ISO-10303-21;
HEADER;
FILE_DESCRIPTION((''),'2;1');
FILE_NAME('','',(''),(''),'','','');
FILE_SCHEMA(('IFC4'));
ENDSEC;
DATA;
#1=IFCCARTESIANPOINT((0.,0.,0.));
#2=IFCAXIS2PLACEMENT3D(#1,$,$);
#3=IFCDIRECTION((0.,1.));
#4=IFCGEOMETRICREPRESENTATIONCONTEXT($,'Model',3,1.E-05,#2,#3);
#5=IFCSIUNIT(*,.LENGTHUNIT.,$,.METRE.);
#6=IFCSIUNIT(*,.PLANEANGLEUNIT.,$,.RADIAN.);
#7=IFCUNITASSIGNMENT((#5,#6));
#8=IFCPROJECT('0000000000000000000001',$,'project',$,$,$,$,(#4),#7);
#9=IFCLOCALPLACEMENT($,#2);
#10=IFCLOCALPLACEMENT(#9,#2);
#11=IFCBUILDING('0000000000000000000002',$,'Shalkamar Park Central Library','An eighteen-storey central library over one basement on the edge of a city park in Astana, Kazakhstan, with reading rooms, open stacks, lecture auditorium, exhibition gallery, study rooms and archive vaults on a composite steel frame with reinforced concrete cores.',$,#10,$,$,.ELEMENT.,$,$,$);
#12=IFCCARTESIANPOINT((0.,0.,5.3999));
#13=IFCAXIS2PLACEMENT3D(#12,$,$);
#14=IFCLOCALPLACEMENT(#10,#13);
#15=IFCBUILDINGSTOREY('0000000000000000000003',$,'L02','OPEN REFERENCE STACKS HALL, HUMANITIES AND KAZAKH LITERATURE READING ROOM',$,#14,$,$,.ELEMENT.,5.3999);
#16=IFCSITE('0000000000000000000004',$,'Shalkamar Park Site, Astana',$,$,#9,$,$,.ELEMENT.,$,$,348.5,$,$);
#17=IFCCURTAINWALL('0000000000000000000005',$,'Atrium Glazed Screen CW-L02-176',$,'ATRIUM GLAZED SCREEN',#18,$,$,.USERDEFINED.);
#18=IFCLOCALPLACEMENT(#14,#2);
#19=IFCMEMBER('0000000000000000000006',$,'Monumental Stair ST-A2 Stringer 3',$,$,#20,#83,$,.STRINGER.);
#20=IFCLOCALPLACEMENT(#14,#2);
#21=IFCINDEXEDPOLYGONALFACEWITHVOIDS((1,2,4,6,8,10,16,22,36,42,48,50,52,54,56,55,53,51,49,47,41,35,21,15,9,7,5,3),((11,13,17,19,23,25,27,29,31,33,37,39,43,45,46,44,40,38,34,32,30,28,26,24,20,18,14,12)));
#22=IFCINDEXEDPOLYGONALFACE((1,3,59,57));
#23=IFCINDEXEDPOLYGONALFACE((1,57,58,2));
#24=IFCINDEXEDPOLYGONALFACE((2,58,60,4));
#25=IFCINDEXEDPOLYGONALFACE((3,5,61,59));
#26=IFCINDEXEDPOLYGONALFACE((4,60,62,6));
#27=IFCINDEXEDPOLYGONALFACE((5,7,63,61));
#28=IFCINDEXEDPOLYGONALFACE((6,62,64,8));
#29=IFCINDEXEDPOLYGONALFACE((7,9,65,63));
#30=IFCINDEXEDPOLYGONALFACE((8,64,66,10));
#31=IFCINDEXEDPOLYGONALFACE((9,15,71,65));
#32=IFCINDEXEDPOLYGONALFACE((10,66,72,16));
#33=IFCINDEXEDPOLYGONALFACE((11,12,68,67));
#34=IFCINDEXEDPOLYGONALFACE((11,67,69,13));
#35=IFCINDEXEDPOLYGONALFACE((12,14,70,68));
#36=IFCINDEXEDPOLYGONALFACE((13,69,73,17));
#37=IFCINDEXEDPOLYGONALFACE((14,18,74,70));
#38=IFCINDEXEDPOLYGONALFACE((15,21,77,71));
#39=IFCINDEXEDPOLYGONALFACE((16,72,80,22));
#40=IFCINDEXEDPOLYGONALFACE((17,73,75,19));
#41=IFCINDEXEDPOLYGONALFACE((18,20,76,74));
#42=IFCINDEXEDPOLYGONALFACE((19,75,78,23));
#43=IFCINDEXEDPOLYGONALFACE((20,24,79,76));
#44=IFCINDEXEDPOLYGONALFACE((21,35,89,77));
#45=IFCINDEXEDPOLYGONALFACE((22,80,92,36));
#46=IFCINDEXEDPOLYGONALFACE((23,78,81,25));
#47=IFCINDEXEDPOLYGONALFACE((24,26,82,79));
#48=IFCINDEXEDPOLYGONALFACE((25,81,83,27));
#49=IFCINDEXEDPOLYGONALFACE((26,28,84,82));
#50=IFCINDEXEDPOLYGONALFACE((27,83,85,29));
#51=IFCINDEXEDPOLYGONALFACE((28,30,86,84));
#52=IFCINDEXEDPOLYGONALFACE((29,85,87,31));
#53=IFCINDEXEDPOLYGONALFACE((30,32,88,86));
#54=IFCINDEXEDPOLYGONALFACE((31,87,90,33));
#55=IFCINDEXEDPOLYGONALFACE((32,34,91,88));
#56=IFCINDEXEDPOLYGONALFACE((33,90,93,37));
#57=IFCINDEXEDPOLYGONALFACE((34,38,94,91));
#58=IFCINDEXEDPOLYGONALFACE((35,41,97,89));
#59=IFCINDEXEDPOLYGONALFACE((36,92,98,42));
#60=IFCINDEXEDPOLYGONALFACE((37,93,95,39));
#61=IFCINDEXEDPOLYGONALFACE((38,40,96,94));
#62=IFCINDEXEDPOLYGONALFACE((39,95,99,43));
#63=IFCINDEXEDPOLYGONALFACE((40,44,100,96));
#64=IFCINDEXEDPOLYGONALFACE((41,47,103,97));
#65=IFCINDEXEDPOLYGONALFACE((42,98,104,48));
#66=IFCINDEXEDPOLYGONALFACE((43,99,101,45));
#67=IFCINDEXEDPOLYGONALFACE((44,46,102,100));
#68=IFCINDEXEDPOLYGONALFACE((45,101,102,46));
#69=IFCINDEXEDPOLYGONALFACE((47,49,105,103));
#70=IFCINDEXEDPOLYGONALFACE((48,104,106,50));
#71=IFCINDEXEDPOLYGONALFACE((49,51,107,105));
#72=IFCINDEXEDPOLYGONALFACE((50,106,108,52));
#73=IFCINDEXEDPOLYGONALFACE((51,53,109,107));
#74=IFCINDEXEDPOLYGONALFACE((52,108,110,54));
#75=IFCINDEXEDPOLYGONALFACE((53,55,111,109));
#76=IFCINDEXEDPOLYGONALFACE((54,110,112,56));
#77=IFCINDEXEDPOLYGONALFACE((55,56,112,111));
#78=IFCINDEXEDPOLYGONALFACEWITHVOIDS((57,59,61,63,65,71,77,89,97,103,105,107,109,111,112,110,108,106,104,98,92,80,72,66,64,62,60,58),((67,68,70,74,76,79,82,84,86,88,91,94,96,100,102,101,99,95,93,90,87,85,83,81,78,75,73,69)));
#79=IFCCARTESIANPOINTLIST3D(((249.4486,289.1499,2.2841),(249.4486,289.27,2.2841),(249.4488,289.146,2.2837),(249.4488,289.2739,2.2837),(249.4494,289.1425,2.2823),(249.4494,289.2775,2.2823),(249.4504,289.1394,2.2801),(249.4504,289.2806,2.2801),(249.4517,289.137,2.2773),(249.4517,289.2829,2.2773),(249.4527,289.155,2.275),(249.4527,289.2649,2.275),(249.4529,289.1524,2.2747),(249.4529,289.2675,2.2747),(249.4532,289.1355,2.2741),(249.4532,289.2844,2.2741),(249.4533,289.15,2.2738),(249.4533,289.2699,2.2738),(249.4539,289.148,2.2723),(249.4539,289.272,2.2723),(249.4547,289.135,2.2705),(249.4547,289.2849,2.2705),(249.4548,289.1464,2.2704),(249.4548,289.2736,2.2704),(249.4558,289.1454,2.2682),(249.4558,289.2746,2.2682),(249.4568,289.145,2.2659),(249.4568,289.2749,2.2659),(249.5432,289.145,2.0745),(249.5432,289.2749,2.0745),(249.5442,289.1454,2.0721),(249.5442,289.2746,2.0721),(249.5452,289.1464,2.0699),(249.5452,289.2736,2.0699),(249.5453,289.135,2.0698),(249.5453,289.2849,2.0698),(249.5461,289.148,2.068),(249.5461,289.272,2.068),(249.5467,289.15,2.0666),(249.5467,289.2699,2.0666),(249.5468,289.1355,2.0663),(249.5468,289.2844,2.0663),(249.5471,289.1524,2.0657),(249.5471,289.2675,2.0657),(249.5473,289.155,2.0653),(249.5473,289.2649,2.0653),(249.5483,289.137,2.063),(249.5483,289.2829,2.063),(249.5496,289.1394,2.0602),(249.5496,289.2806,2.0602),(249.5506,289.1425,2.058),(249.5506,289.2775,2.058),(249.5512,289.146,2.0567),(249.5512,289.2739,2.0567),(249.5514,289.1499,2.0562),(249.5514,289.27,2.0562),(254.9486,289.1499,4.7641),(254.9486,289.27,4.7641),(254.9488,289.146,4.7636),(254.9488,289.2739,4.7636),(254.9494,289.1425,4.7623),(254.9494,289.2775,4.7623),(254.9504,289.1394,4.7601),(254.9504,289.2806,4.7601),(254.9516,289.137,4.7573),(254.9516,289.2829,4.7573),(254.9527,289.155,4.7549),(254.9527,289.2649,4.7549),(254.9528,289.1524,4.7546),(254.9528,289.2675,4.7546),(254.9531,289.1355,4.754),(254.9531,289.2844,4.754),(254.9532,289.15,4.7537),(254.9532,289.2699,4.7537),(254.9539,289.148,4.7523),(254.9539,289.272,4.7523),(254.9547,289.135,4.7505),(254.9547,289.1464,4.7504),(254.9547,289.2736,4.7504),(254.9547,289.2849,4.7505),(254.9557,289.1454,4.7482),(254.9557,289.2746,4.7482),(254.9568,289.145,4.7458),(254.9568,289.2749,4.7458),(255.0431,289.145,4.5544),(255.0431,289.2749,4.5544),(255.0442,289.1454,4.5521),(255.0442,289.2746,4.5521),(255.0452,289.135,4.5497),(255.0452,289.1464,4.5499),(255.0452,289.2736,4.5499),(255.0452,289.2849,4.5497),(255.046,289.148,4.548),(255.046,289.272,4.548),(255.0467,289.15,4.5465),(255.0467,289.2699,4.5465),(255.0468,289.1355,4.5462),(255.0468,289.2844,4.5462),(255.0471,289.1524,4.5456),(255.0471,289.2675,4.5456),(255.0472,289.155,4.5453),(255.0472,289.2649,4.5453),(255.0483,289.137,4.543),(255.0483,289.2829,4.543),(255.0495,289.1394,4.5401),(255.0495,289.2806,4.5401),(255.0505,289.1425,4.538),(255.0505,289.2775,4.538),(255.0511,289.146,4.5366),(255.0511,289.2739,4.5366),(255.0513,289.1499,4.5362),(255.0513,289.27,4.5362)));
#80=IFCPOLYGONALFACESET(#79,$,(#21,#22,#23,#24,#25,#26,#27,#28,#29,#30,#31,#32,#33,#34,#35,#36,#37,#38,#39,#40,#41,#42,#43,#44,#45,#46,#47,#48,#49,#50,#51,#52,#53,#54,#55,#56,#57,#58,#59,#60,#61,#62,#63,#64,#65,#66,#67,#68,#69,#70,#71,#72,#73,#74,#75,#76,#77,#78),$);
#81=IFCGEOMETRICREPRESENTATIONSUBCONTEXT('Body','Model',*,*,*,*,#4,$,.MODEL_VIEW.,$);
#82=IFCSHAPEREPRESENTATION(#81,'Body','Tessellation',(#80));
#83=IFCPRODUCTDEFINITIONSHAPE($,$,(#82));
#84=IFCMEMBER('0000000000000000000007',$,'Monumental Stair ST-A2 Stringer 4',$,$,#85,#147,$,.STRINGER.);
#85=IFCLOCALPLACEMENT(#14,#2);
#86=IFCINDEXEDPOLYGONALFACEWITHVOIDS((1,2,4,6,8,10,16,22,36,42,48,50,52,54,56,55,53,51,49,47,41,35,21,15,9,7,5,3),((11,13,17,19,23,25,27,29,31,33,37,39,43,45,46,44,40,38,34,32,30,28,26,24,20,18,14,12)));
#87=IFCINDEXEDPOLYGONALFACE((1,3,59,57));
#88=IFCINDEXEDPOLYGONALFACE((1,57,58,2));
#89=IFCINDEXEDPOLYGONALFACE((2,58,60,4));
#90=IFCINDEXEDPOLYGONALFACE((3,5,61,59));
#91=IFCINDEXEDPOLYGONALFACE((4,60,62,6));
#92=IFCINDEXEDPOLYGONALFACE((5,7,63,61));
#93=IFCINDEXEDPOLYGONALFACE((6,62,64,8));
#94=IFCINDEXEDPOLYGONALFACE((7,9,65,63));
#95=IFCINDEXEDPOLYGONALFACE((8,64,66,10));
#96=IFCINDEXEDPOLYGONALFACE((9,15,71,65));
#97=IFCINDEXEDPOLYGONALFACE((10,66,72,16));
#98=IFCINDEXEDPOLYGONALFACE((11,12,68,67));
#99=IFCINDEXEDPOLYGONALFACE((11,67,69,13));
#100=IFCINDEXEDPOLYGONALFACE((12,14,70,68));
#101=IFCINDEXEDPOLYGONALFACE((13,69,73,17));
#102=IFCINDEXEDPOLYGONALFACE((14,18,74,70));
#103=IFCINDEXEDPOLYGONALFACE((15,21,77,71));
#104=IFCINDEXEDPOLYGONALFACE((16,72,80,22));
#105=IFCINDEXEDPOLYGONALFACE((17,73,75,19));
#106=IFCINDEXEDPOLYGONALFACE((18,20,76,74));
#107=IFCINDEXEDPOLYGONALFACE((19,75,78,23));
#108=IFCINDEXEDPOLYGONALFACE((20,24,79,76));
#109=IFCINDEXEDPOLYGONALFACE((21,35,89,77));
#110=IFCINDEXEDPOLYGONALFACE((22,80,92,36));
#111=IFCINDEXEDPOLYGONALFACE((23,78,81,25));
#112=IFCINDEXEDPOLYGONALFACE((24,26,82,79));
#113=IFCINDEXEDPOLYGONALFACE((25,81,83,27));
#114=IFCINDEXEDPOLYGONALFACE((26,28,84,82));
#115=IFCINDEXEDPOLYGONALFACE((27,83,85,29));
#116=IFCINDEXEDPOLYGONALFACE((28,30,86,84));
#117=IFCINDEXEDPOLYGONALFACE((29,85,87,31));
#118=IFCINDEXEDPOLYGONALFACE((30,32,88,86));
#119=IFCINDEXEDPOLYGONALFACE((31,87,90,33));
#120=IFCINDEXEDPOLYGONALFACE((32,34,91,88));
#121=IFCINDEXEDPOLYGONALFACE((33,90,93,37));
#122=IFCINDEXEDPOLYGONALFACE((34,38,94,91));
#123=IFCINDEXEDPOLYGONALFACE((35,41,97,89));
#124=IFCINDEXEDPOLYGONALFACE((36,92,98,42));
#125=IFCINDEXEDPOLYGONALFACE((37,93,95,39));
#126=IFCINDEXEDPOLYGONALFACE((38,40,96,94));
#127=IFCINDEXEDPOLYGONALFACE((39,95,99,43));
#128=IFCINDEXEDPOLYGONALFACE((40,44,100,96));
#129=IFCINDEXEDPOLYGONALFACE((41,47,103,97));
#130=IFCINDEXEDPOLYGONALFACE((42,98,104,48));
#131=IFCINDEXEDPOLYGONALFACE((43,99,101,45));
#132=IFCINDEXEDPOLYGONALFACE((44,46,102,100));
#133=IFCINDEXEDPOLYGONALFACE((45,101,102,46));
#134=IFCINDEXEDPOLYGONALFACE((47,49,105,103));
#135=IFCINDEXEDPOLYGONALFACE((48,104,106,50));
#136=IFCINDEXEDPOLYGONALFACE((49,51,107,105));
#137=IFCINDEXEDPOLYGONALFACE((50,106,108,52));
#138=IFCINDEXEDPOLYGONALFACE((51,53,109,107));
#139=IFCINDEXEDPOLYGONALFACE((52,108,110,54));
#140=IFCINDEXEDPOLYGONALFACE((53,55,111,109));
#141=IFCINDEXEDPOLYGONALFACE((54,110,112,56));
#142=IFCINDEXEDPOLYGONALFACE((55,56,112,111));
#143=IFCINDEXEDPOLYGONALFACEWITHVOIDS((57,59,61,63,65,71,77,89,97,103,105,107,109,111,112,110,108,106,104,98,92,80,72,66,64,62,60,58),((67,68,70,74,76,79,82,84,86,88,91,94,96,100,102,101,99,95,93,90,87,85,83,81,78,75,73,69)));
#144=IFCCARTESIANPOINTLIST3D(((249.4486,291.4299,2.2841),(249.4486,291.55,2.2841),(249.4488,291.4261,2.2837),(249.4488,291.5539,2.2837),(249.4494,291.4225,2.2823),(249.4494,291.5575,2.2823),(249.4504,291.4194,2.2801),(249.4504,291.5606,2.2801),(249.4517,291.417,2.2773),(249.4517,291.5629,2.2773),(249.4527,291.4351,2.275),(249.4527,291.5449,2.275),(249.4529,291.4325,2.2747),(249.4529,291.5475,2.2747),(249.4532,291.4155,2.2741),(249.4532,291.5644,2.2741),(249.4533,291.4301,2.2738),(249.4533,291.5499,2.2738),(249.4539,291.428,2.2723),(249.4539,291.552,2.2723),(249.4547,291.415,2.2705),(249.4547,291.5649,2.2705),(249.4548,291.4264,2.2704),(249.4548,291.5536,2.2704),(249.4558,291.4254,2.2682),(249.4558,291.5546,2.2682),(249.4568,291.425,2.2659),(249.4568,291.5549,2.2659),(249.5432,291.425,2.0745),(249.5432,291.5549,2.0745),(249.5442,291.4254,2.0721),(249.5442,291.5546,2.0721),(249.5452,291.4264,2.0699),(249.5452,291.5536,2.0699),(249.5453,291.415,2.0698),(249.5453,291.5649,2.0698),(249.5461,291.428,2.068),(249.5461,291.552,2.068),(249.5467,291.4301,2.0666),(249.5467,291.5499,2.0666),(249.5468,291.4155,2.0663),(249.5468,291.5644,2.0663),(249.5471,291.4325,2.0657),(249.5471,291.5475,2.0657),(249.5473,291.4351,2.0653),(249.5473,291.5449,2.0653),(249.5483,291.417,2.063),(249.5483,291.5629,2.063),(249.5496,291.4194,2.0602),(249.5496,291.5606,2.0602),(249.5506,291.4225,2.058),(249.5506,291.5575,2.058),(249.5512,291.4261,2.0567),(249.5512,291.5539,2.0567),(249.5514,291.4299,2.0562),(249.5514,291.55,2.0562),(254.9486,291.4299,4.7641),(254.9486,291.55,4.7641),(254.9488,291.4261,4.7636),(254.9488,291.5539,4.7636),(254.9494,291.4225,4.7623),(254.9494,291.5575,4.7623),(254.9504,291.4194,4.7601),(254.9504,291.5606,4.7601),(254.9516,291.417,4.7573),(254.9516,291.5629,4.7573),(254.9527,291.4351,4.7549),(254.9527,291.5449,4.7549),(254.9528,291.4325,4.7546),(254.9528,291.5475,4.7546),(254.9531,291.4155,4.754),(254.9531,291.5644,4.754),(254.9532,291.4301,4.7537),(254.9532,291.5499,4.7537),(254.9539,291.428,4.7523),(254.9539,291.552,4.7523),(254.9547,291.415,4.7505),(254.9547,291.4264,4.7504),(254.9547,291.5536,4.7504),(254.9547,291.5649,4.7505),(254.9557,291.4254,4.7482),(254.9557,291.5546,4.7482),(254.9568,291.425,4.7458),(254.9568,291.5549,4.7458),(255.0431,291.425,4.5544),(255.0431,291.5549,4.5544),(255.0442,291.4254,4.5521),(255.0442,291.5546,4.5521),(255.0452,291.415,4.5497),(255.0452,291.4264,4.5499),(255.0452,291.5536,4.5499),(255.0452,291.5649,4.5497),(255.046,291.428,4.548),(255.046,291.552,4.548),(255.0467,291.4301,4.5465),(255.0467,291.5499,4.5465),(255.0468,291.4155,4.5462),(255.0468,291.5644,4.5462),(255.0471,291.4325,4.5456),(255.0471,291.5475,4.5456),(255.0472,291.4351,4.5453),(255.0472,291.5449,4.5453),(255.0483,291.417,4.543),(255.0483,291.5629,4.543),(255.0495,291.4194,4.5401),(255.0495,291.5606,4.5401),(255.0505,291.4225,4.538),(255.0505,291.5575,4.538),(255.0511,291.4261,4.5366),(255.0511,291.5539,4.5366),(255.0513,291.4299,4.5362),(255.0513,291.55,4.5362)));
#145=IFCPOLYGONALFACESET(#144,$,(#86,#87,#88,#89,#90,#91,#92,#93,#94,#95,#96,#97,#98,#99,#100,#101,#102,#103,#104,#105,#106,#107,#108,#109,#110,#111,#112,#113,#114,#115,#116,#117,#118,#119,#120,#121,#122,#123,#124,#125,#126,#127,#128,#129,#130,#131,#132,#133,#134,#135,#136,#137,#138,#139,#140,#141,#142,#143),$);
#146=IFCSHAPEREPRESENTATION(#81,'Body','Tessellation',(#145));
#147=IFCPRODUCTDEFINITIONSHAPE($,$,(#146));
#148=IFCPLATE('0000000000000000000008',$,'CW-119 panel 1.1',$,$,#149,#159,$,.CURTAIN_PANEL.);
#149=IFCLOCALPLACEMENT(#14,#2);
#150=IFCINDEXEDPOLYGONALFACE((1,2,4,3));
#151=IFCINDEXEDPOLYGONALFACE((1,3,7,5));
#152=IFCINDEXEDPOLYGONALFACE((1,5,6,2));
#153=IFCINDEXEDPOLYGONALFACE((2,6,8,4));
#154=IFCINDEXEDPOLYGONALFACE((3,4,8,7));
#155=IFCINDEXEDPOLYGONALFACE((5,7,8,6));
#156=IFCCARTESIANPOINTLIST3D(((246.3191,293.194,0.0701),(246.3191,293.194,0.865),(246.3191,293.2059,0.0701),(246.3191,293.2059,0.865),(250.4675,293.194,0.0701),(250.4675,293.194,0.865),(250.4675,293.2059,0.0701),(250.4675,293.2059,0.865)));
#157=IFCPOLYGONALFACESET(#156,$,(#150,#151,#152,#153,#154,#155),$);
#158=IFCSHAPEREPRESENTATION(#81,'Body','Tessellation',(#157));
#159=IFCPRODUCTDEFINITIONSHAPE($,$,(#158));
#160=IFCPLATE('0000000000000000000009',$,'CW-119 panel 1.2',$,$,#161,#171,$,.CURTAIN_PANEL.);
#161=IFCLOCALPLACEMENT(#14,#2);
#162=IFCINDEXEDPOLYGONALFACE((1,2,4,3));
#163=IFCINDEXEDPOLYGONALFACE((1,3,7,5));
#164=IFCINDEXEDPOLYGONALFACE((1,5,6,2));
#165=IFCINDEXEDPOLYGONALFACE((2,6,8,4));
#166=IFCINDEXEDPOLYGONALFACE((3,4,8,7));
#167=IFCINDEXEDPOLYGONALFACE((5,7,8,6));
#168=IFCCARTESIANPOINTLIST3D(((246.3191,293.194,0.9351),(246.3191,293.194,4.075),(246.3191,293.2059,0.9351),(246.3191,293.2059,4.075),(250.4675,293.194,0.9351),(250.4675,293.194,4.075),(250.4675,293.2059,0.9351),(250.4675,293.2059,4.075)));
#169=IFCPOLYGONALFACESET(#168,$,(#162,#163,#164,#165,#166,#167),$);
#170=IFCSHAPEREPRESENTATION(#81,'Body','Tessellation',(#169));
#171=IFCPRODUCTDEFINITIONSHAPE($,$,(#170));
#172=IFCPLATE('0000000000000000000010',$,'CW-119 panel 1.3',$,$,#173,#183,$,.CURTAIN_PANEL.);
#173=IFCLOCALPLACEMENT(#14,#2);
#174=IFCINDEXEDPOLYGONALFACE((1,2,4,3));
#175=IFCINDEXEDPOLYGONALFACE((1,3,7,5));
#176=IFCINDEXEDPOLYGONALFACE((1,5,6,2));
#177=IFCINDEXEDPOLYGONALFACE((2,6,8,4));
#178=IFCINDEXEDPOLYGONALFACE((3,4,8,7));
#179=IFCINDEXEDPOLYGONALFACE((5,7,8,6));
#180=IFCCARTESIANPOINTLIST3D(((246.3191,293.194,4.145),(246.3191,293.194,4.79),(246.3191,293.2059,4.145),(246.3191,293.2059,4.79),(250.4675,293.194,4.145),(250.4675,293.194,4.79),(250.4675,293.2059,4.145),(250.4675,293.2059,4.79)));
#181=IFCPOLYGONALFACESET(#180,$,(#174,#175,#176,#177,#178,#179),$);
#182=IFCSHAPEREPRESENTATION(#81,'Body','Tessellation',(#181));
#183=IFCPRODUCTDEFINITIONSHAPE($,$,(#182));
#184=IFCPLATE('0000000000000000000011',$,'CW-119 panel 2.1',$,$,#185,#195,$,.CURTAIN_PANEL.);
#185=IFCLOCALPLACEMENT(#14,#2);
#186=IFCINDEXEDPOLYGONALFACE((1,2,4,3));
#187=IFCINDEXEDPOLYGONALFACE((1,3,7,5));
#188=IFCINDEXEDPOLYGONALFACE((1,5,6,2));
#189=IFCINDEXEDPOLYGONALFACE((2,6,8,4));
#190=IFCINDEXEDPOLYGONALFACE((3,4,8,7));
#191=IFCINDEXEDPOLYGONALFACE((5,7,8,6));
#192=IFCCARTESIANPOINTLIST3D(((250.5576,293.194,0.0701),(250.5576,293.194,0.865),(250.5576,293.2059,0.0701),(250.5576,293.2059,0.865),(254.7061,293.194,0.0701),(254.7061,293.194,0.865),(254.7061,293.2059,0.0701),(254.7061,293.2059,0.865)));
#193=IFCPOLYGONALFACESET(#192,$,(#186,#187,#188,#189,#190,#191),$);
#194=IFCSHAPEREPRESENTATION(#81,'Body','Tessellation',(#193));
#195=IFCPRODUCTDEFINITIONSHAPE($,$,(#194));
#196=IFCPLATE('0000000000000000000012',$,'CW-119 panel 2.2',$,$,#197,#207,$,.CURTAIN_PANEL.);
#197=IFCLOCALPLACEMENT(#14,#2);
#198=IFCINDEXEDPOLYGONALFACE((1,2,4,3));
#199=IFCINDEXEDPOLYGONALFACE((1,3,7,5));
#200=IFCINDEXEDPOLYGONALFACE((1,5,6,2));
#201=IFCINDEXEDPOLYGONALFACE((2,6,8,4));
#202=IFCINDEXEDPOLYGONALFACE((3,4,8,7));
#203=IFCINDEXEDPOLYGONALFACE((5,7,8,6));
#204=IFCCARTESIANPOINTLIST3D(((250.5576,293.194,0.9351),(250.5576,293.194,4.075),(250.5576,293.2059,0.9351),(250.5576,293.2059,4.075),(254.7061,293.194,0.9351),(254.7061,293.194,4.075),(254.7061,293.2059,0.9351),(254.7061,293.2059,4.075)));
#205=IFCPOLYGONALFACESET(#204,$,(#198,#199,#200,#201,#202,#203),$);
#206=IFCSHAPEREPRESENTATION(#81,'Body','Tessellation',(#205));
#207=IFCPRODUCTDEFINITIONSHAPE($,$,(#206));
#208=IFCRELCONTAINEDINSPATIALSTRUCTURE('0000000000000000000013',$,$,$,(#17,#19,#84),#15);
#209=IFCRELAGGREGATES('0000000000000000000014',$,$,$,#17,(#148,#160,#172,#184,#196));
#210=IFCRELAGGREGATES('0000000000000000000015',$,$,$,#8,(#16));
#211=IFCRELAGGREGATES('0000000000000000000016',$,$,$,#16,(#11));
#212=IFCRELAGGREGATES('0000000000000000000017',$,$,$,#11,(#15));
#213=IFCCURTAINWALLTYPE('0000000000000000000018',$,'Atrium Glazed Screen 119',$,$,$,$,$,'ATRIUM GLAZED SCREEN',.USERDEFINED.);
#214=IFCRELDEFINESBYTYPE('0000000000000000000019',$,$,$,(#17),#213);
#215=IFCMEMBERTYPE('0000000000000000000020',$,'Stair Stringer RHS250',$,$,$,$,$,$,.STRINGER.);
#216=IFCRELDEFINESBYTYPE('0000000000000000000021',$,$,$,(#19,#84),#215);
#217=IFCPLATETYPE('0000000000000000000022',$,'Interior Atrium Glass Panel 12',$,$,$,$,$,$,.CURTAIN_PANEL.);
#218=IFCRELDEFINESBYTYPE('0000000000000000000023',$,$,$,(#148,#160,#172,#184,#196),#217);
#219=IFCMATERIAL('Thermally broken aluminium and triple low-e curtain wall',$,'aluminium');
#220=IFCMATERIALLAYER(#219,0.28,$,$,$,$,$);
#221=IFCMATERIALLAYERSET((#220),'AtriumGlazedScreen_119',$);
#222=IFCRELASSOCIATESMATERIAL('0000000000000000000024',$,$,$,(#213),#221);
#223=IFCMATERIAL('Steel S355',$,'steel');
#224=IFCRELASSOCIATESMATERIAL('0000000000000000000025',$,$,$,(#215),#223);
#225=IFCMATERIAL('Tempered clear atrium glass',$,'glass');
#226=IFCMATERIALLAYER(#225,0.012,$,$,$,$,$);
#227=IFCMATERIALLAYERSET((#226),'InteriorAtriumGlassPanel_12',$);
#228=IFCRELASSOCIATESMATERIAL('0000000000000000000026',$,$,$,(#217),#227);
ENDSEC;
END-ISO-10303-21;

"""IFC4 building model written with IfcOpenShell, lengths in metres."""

from ifc_helpers import new_model, si_unit, direction, frame, origin, origin_2d, place, context, subcontext, project, spatial, rectangle, hollow_rectangle, extrude, material, layer, layer_set, material_profile, profile_set, type_object, element, aggregate, save


model = new_model("IFC4")

# Units and contexts
model_context = context("Model", 3, precision=1e-05, world=origin(), true_north=direction((0.0, 1.0)))
body_context = subcontext(model_context, "Body", "Model", "MODEL_VIEW")
ifc_project = project(units=[si_unit("LENGTHUNIT", "METRE"), si_unit("PLANEANGLEUNIT", "RADIAN")], contexts=[model_context])

# Site, building, storey
site_placement = place(None, origin())
site = spatial("IfcSite", under=ifc_project, at=site_placement, Name="Shalkamar Park Site, Astana", CompositionType="ELEMENT", RefElevation=348.5)
building_placement = place(site_placement, origin())
building = spatial("IfcBuilding", under=site, at=building_placement, Name="Shalkamar Park Central Library", Description="An eighteen-storey central library over one basement on the edge of a city park in Astana, Kazakhstan, with reading rooms, open stacks, lecture auditorium, exhibition gallery, study rooms and archive vaults on a composite steel frame with reinforced concrete cores.", CompositionType="ELEMENT")
storey_placement = place(building_placement, frame((0.0, 0.0, 5.3999)))
storey = spatial("IfcBuildingStorey", under=building, at=storey_placement, Name="L02", Description="OPEN REFERENCE STACKS HALL, HUMANITIES AND KAZAKH LITERATURE READING ROOM", CompositionType="ELEMENT", Elevation=5.3999)

# Shared definitions
ifc_material_1 = material(Name="Steel S355", Category="steel")

# Curtain wall
ifc_material_2 = material(Name="Thermally broken aluminium and triple low-e curtain wall", Category="aluminium")
ifc_layer_1 = layer(ifc_material_2, 0.28)
ifc_layer_set_1 = layer_set([ifc_layer_1], Name="AtriumGlazedScreen_119")
curtain_wall_type = type_object("IfcCurtainWallType", Name="Atrium Glazed Screen 119", ElementType="ATRIUM GLAZED SCREEN", PredefinedType="USERDEFINED", material=ifc_layer_set_1)
curtain_wall_placement = place(storey_placement, origin())
curtain_wall = element("IfcCurtainWall", 1, at=curtain_wall_placement, inside=storey, type_object=curtain_wall_type, Name="Atrium Glazed Screen CW-L02-176", ObjectType="ATRIUM GLAZED SCREEN", PredefinedType="USERDEFINED")

# Members
ifc_material_profile_1 = material_profile(ifc_material_1, hollow_rectangle(XDim=0.1499, YDim=0.25, WallThickness=0.01, InnerFilletRadius=0.01, OuterFilletRadius=0.0149, at=origin_2d()), Name="RHS 250x150x10")
ifc_profile_set_1 = profile_set([ifc_material_profile_1], Name="Steel S355")
member_type_1 = type_object("IfcMemberType", Name="Stair Stringer RHS250", PredefinedType="STRINGER", material=ifc_profile_set_1)
for number, where, z_axis, x_axis, name in (
    (2, (249.5, 289.21, 2.1702), (0.911612, 0.0, 0.411051), (0.0, 1.0, 0.0), "Monumental Stair ST-A2 Stringer 3"),
    (3, (249.5, 291.49, 2.1702), (0.911612, 0.0, 0.411051), (0.0, 1.0, 0.0), "Monumental Stair ST-A2 Stringer 4"),
):
    element("IfcMember", number, at=place(storey_placement, frame(where, z_axis=z_axis, x_axis=x_axis)), inside=storey, type_object=member_type_1, Name=name, PredefinedType="STRINGER", context=body_context, shape_type="SweptSolid", body=[
        extrude(hollow_rectangle(XDim=0.1499, YDim=0.25, WallThickness=0.01, InnerFilletRadius=0.01, OuterFilletRadius=0.0149, at=origin_2d()), origin(), (0.0, 0.0, 1.0), 6.0332),
    ])

# Plates
ifc_material_3 = material(Name="Tempered clear atrium glass", Category="glass")
ifc_layer_2 = layer(ifc_material_3, 0.012)
ifc_layer_set_2 = layer_set([ifc_layer_2], Name="InteriorAtriumGlassPanel_12")
plate_type = type_object("IfcPlateType", Name="Interior Atrium Glass Panel 12", PredefinedType="CURTAIN_PANEL", material=ifc_layer_set_2)
plate_1_placement = place(storey_placement, frame((248.3933, 293.2, 0.0701), z_axis=(0.0, 0.0, 1.0), x_axis=(1.0, 0.0, 0.0)))
plate_1 = element("IfcPlate", 4, at=plate_1_placement, type_object=plate_type, Name="CW-119 panel 1.1", PredefinedType="CURTAIN_PANEL", context=body_context, shape_type="SweptSolid", body=[
    extrude(rectangle(XDim=4.1484, YDim=0.012, at=origin_2d()), origin(), (0.0, 0.0, 1.0), 0.7949),
])
plate_2_placement = place(storey_placement, frame((248.3933, 293.2, 0.9351), z_axis=(0.0, 0.0, 1.0), x_axis=(1.0, 0.0, 0.0)))
plate_2 = element("IfcPlate", 5, at=plate_2_placement, type_object=plate_type, Name="CW-119 panel 1.2", PredefinedType="CURTAIN_PANEL", context=body_context, shape_type="SweptSolid", body=[
    extrude(rectangle(XDim=4.1484, YDim=0.012, at=origin_2d()), origin(), (0.0, 0.0, 1.0), 3.1399),
])
plate_3_placement = place(storey_placement, frame((248.3933, 293.2, 4.145), z_axis=(0.0, 0.0, 1.0), x_axis=(1.0, 0.0, 0.0)))
plate_3 = element("IfcPlate", 6, at=plate_3_placement, type_object=plate_type, Name="CW-119 panel 1.3", PredefinedType="CURTAIN_PANEL", context=body_context, shape_type="SweptSolid", body=[
    extrude(rectangle(XDim=4.1484, YDim=0.012, at=origin_2d()), origin(), (0.0, 0.0, 1.0), 0.645),
])
plate_4_placement = place(storey_placement, frame((252.6318, 293.2, 0.0701), z_axis=(0.0, 0.0, 1.0), x_axis=(1.0, 0.0, 0.0)))
plate_4 = element("IfcPlate", 7, at=plate_4_placement, type_object=plate_type, Name="CW-119 panel 2.1", PredefinedType="CURTAIN_PANEL", context=body_context, shape_type="SweptSolid", body=[
    extrude(rectangle(XDim=4.1484, YDim=0.012, at=origin_2d()), origin(), (0.0, 0.0, 1.0), 0.7949),
])
plate_5_placement = place(storey_placement, frame((252.6318, 293.2, 0.9351), z_axis=(0.0, 0.0, 1.0), x_axis=(1.0, 0.0, 0.0)))
plate_5 = element("IfcPlate", 8, at=plate_5_placement, type_object=plate_type, Name="CW-119 panel 2.2", PredefinedType="CURTAIN_PANEL", context=body_context, shape_type="SweptSolid", body=[
    extrude(rectangle(XDim=4.1484, YDim=0.012, at=origin_2d()), origin(), (0.0, 0.0, 1.0), 3.1399),
])
aggregate(curtain_wall, [plate_1, plate_2, plate_3, plate_4, plate_5])

save(model, "model.ifc")
